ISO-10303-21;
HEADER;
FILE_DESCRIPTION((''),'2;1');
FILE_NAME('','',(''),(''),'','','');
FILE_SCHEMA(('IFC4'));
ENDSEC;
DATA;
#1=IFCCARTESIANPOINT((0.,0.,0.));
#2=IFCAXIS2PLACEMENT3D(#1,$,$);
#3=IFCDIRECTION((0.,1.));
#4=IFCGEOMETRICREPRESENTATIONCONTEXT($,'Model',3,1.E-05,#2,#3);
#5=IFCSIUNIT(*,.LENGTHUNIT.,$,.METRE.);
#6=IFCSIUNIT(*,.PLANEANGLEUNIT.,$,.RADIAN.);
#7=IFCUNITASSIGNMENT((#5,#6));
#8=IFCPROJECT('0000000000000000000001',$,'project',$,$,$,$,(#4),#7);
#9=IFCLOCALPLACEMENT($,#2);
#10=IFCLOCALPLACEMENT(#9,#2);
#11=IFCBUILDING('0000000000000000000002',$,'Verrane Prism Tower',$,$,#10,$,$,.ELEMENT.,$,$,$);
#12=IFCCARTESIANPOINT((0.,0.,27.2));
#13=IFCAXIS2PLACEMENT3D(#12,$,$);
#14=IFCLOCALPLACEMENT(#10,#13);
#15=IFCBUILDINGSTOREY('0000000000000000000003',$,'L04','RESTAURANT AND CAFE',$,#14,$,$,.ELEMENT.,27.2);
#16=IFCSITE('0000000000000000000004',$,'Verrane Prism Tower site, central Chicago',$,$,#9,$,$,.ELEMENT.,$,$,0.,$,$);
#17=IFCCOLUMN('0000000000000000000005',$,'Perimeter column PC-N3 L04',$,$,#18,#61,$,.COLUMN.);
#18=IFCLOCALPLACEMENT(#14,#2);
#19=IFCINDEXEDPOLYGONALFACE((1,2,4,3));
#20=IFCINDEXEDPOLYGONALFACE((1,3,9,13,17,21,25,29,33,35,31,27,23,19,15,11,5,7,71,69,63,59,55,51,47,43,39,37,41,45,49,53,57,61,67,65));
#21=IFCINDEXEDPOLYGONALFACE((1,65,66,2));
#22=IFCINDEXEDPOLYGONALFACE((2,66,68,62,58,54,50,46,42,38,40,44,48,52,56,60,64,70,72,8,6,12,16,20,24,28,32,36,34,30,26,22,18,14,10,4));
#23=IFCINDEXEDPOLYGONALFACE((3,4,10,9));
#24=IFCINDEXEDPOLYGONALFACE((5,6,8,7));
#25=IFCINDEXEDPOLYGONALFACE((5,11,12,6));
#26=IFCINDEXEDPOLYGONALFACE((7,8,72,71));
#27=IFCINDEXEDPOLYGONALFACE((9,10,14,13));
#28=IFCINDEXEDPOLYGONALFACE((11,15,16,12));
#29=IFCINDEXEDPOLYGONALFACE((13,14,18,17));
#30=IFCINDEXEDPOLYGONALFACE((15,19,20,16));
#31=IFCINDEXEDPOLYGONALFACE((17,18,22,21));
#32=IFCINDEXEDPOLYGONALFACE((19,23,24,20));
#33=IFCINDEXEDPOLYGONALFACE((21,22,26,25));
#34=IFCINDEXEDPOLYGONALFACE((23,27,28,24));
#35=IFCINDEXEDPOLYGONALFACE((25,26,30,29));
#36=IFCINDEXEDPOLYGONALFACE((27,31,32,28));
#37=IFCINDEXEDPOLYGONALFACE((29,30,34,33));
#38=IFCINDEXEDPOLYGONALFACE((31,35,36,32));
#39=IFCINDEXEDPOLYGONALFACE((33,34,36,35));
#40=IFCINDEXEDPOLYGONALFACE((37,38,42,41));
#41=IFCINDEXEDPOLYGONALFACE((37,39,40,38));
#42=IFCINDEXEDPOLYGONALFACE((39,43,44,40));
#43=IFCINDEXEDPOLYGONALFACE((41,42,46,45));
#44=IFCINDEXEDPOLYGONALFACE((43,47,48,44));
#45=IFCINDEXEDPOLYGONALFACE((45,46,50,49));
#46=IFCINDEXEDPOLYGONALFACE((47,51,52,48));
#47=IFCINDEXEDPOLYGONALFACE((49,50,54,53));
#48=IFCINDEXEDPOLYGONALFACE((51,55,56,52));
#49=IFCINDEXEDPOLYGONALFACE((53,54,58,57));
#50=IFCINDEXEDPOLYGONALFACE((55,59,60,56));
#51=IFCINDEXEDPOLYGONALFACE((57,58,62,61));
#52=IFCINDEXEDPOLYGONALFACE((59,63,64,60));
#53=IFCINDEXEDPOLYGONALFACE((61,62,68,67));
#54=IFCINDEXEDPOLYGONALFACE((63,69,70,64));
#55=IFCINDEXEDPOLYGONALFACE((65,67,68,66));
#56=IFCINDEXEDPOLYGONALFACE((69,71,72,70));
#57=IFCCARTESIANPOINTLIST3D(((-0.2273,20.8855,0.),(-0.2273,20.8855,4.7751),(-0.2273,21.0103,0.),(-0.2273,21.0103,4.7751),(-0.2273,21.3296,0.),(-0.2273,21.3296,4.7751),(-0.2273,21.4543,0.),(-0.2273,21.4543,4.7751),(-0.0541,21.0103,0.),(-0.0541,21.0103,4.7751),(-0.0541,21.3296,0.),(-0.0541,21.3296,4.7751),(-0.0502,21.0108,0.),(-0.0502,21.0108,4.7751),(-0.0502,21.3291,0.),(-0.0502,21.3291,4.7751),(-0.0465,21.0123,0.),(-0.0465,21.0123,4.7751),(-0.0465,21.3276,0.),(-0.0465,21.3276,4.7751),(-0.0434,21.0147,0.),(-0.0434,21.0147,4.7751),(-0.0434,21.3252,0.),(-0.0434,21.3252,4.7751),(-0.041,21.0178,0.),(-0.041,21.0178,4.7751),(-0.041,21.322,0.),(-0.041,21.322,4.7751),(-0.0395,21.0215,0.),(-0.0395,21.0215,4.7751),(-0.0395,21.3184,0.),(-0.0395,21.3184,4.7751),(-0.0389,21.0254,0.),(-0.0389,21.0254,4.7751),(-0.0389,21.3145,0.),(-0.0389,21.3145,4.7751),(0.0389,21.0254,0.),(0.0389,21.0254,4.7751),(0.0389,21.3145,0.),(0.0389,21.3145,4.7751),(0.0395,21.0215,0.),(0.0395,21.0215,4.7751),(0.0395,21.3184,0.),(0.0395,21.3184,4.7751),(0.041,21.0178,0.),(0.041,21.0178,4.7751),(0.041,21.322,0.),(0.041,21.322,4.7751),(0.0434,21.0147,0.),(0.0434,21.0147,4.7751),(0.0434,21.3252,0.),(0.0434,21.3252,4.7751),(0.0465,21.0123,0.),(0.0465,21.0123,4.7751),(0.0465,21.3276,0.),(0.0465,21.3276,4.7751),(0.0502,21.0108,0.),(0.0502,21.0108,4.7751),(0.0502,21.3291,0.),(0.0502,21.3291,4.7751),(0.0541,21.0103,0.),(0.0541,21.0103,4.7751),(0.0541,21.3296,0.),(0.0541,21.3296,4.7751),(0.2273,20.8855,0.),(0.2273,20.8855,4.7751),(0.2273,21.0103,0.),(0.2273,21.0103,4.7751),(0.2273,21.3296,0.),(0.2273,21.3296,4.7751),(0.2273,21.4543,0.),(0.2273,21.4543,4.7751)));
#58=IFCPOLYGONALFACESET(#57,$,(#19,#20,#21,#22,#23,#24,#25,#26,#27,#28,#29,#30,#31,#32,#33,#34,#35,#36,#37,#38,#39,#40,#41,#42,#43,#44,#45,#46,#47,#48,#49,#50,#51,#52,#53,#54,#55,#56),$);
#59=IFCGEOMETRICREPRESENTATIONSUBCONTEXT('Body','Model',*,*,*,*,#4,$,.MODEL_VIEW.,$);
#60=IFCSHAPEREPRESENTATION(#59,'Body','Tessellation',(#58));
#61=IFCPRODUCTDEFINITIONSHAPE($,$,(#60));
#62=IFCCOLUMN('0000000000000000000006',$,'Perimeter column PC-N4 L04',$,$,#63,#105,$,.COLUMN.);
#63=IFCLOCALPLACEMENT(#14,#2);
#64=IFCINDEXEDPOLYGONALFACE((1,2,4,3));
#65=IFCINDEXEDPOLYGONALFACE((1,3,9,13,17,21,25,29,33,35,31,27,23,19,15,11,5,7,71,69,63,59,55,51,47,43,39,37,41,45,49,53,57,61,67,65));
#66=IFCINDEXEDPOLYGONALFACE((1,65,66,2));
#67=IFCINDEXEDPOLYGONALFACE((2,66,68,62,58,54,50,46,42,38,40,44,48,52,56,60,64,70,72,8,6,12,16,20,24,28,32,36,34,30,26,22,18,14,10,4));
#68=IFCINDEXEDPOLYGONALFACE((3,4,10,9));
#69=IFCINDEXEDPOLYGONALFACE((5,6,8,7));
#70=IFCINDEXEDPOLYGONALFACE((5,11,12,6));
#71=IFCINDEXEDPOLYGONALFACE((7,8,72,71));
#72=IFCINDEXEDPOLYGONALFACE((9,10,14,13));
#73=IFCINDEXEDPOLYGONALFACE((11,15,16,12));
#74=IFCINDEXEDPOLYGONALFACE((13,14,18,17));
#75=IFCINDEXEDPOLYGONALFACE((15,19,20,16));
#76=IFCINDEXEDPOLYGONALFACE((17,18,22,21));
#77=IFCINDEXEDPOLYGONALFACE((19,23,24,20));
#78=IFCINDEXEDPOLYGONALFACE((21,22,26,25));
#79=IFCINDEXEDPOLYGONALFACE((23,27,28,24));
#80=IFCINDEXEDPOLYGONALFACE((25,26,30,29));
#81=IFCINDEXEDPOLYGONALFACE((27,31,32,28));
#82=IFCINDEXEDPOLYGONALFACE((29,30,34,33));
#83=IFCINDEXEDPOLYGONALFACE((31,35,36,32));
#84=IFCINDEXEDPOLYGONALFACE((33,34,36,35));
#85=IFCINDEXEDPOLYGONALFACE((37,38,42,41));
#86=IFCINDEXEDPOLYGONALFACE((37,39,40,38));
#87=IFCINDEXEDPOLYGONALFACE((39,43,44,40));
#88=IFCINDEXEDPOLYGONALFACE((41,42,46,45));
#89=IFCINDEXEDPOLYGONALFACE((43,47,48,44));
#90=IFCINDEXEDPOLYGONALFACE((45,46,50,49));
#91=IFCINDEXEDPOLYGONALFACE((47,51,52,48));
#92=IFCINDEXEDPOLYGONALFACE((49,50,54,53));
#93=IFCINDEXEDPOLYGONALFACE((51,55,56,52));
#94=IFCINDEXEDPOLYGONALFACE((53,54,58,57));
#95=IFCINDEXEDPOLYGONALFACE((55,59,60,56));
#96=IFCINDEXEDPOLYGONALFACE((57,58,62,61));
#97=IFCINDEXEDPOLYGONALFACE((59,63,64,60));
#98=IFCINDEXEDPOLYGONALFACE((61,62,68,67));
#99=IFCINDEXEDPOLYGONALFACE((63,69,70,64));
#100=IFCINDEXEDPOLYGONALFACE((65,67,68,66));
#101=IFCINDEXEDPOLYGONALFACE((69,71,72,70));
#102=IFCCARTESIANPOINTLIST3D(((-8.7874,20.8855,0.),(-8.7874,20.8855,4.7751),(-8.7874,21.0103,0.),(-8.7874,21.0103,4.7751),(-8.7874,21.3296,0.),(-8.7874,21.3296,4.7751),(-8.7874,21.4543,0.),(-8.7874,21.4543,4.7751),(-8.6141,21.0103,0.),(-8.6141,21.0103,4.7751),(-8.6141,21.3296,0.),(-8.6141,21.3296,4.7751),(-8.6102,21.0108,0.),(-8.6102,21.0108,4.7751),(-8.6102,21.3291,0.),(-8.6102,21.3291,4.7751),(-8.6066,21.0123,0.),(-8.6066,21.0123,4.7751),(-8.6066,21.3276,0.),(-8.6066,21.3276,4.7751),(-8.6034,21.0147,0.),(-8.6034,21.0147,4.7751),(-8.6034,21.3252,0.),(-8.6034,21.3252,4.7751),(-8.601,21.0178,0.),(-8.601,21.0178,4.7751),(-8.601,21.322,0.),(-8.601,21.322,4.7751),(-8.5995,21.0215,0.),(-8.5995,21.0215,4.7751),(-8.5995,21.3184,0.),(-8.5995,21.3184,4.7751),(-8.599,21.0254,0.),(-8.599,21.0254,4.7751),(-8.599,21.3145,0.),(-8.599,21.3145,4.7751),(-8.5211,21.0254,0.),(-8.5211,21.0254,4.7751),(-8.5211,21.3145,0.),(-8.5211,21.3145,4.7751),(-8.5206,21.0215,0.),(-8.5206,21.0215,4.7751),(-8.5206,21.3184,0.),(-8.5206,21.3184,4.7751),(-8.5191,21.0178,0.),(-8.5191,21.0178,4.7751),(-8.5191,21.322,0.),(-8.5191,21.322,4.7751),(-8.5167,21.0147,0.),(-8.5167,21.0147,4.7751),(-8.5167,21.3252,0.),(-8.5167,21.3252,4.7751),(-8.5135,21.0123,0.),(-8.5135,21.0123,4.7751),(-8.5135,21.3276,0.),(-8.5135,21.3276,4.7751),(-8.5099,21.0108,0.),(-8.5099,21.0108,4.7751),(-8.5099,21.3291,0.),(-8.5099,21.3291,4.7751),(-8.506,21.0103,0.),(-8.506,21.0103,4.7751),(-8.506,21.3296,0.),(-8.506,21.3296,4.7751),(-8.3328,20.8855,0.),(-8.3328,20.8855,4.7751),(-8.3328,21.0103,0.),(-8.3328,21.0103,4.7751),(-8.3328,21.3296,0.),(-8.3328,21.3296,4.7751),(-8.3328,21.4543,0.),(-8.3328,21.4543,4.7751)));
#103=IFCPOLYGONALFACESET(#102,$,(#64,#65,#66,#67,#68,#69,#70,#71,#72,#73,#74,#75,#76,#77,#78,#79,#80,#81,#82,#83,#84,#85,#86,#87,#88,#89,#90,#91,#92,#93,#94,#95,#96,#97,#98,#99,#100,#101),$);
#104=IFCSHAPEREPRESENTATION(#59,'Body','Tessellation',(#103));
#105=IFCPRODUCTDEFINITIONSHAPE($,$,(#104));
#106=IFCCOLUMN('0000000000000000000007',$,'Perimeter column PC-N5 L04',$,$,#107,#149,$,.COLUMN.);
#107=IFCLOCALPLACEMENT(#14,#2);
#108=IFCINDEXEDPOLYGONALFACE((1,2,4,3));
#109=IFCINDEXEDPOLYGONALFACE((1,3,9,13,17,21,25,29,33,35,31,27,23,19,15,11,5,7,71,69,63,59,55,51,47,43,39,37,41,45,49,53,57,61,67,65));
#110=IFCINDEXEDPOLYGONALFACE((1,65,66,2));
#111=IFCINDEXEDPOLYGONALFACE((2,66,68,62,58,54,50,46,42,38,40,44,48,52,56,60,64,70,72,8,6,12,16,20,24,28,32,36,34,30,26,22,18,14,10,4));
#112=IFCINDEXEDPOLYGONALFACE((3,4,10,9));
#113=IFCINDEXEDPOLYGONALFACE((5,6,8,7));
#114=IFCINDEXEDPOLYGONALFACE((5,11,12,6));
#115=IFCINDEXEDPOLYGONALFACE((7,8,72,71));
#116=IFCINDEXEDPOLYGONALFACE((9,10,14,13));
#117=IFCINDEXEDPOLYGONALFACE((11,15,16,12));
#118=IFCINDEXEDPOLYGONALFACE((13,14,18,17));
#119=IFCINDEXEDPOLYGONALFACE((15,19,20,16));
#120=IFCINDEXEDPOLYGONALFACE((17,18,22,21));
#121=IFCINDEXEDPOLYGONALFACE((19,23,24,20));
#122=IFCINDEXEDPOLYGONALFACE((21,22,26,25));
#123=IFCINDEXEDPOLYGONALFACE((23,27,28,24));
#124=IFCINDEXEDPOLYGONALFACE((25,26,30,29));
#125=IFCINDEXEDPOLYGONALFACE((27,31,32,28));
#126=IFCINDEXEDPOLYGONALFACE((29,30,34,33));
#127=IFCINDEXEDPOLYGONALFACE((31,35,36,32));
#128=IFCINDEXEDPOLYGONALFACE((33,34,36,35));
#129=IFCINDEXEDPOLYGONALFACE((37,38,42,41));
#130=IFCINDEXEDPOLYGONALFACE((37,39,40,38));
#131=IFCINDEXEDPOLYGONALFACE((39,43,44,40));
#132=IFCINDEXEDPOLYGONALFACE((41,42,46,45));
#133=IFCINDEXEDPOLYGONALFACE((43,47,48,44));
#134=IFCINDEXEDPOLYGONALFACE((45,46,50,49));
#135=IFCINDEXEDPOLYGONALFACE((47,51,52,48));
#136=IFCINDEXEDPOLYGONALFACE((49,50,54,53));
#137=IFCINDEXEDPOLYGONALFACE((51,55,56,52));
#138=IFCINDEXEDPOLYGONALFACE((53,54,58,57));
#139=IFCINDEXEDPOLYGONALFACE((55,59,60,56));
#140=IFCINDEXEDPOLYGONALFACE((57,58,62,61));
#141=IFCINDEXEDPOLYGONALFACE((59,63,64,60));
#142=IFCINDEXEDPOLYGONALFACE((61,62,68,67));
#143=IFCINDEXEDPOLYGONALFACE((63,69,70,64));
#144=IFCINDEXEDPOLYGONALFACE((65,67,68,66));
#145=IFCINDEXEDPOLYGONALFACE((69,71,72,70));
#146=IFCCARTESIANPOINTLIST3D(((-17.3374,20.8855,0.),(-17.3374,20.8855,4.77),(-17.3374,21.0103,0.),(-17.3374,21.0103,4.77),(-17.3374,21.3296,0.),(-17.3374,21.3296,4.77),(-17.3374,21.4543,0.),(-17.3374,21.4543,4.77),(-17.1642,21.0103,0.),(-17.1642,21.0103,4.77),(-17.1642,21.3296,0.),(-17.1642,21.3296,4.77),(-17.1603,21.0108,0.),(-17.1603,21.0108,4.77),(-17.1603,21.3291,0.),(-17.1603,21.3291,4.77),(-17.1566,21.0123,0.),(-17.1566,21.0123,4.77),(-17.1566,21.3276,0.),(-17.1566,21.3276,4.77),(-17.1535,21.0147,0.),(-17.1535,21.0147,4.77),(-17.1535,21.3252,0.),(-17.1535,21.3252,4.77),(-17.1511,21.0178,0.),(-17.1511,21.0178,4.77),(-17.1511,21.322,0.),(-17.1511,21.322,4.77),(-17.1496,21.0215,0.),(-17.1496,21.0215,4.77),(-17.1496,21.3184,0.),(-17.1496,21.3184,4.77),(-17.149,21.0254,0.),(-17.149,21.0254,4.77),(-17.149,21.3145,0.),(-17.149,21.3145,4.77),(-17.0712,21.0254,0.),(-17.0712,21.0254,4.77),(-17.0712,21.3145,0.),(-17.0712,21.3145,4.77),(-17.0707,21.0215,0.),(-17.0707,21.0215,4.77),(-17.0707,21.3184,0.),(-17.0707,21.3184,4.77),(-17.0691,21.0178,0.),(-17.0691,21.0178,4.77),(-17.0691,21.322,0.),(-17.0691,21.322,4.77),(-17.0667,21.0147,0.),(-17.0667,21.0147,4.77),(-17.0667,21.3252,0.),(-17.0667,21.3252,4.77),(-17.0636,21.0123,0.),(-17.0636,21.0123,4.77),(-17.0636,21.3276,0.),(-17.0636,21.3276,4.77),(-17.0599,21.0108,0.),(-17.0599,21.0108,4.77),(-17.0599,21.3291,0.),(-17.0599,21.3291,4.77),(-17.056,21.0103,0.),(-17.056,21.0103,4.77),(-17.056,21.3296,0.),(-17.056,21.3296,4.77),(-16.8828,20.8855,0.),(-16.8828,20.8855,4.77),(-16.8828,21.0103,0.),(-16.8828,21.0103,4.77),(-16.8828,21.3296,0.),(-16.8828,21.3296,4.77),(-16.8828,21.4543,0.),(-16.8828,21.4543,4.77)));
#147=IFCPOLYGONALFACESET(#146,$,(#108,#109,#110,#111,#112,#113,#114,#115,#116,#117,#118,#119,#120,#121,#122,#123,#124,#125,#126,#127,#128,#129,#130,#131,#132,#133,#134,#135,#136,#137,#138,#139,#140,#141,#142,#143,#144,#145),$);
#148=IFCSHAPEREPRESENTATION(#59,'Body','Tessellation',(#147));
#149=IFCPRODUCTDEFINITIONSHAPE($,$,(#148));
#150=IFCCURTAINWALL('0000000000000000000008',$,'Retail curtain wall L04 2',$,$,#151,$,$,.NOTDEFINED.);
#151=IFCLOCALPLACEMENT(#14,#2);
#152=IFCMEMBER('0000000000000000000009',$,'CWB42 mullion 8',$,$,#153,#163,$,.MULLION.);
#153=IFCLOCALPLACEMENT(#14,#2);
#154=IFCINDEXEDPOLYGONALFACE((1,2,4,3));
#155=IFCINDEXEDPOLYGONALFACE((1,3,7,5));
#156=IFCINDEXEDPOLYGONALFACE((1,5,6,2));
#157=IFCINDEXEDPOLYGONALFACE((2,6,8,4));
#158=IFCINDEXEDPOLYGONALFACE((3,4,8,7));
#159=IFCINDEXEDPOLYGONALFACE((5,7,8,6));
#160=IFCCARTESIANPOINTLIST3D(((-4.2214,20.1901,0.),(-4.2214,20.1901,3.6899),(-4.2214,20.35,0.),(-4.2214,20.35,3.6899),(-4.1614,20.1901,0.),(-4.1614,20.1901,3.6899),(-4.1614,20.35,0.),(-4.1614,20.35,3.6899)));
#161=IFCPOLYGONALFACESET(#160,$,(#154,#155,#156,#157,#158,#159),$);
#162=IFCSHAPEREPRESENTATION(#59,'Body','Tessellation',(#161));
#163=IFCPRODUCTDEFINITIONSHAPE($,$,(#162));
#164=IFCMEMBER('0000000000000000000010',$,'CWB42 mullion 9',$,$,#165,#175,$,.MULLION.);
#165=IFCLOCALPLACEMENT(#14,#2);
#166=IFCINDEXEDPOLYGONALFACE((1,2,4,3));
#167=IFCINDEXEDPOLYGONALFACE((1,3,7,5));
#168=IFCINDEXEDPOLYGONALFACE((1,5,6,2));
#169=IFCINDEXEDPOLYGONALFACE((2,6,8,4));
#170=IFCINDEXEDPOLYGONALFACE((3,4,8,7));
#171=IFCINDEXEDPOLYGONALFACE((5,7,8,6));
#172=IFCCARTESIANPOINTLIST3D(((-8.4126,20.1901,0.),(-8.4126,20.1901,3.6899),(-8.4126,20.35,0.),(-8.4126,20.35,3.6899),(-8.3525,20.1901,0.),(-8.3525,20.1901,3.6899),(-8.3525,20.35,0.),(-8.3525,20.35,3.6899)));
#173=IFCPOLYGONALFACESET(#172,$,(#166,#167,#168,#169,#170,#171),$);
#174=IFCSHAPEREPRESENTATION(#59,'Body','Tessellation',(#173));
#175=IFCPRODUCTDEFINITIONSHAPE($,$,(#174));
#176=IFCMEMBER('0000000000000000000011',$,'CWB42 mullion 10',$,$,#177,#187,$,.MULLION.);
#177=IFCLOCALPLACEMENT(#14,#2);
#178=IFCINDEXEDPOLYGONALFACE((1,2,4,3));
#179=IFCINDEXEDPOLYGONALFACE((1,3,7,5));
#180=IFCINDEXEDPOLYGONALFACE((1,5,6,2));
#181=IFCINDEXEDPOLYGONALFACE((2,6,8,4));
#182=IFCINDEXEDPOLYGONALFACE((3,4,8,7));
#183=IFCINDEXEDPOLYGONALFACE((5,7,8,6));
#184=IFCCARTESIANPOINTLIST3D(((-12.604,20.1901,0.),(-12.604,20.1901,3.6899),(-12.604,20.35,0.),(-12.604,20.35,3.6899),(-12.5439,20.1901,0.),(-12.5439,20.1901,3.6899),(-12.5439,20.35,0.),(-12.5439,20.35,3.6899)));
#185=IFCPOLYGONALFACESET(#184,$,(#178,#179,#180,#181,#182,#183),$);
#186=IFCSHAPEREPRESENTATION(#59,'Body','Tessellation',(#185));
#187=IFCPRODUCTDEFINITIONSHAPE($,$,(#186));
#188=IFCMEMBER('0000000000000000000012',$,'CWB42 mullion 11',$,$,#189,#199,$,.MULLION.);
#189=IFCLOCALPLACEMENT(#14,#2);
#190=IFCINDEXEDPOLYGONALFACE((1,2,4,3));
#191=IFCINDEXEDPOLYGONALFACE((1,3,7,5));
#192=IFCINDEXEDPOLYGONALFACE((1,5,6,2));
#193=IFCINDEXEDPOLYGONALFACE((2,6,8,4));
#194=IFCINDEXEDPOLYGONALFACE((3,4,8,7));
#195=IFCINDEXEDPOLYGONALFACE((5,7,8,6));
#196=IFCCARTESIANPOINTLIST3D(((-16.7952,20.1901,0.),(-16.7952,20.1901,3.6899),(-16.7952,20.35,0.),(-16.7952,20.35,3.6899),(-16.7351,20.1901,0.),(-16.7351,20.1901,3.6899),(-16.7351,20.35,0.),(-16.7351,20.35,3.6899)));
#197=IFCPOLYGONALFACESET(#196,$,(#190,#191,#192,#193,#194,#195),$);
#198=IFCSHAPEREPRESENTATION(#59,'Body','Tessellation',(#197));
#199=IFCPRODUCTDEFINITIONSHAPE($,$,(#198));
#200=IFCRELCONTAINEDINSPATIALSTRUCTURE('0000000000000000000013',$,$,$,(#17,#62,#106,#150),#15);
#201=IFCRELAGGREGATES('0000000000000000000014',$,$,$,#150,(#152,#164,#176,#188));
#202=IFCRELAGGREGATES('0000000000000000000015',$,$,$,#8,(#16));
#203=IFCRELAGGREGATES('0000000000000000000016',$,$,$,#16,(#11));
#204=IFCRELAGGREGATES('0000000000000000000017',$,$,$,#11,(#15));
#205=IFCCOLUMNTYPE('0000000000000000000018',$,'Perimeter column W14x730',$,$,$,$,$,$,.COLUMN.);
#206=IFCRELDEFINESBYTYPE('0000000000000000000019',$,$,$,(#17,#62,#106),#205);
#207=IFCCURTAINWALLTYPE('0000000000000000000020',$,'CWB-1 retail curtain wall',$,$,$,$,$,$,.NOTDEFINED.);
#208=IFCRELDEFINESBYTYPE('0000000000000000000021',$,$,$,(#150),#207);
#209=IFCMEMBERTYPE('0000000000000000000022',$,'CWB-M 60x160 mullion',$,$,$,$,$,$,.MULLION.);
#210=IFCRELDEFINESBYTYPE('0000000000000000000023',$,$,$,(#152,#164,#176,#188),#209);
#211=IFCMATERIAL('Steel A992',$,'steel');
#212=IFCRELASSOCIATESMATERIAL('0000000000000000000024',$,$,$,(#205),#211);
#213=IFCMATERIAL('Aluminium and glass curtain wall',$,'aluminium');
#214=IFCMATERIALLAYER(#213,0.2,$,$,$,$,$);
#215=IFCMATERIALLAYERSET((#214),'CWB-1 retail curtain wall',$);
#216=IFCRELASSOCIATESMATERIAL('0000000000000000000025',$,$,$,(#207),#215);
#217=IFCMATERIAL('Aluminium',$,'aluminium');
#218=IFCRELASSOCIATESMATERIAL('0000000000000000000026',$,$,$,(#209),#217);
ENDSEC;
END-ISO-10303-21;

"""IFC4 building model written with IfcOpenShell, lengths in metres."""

from ifc_helpers import new_model, si_unit, direction, frame, origin, origin_2d, place, context, subcontext, project, spatial, rectangle, i_section, extrude, material, layer, layer_set, material_profile, profile_set, type_object, element, aggregate, save


model = new_model("IFC4")

# Units and contexts
model_context = context("Model", 3, precision=1e-05, world=origin(), true_north=direction((0.0, 1.0)))
body_context = subcontext(model_context, "Body", "Model", "MODEL_VIEW")
ifc_project = project(units=[si_unit("LENGTHUNIT", "METRE"), si_unit("PLANEANGLEUNIT", "RADIAN")], contexts=[model_context])

# Site, building, storey
site_placement = place(None, origin())
site = spatial("IfcSite", under=ifc_project, at=site_placement, Name="Verrane Prism Tower site, central Chicago", CompositionType="ELEMENT", RefElevation=0.0)
building_placement = place(site_placement, origin())
building = spatial("IfcBuilding", under=site, at=building_placement, Name="Verrane Prism Tower", CompositionType="ELEMENT")
storey_placement = place(building_placement, frame((0.0, 0.0, 27.2)))
storey = spatial("IfcBuildingStorey", under=building, at=storey_placement, Name="L04", Description="RESTAURANT AND CAFE", CompositionType="ELEMENT", Elevation=27.2)

# Columns
ifc_material_1 = material(Name="Steel A992", Category="steel")
ifc_material_profile_1 = material_profile(ifc_material_1, i_section(OverallWidth=0.4546, OverallDepth=0.5688, WebThickness=0.0779, FlangeThickness=0.1248, FilletRadius=0.0151, at=origin_2d()), Name="W14x730")
ifc_profile_set_1 = profile_set([ifc_material_profile_1], Name="Steel A992")
column_type = type_object("IfcColumnType", Name="Perimeter column W14x730", PredefinedType="COLUMN", material=ifc_profile_set_1)
for number, where, z_axis, x_axis, name in (
    (1, (0.0, 21.1699, 0.0), (0.0, 0.0, 1.0), (1.0, 0.0, 0.0), "Perimeter column PC-N3 L04"),
    (2, (-8.5601, 21.1699, 0.0), (0.0, 0.0, 1.0), (1.0, 0.0, 0.0), "Perimeter column PC-N4 L04"),
):
    element("IfcColumn", number, at=place(storey_placement, frame(where, z_axis=z_axis, x_axis=x_axis)), inside=storey, type_object=column_type, Name=name, PredefinedType="COLUMN", context=body_context, shape_type="SweptSolid", body=[
        extrude(i_section(OverallWidth=0.4546, OverallDepth=0.5688, WebThickness=0.0779, FlangeThickness=0.1248, FilletRadius=0.0151, at=origin_2d()), origin(), (0.0, 0.0, 1.0), 4.7751),
    ])
column_placement = place(storey_placement, frame((-17.1101, 21.1699, 0.0), z_axis=(0.0, 0.0, 1.0), x_axis=(1.0, 0.0, 0.0)))
element("IfcColumn", 3, at=column_placement, inside=storey, type_object=column_type, Name="Perimeter column PC-N5 L04", PredefinedType="COLUMN", context=body_context, shape_type="SweptSolid", body=[
    extrude(i_section(OverallWidth=0.4546, OverallDepth=0.5688, WebThickness=0.0779, FlangeThickness=0.1248, FilletRadius=0.0151, at=origin_2d()), origin(), (0.0, 0.0, 1.0), 4.77),
])

# Curtain wall, members
ifc_material_2 = material(Name="Aluminium and glass curtain wall", Category="aluminium")
ifc_layer_1 = layer(ifc_material_2, 0.2)
ifc_layer_set_1 = layer_set([ifc_layer_1], Name="CWB-1 retail curtain wall")
curtain_wall_type = type_object("IfcCurtainWallType", Name="CWB-1 retail curtain wall", PredefinedType="NOTDEFINED", material=ifc_layer_set_1)
curtain_wall_placement = place(storey_placement, origin())
curtain_wall = element("IfcCurtainWall", 4, at=curtain_wall_placement, inside=storey, type_object=curtain_wall_type, Name="Retail curtain wall L04 2", PredefinedType="NOTDEFINED")
ifc_material_3 = material(Name="Aluminium", Category="aluminium")
ifc_material_profile_2 = material_profile(ifc_material_3, rectangle(XDim=0.1599, YDim=0.0601, at=origin_2d()), Name="CWB-M 60x160 mullion")
ifc_profile_set_2 = profile_set([ifc_material_profile_2], Name="Aluminium")
member_type_1 = type_object("IfcMemberType", Name="CWB-M 60x160 mullion", PredefinedType="MULLION", material=ifc_profile_set_2)
member_1_placement = place(storey_placement, frame((-4.1914, 20.27, 0.0), z_axis=(0.0, 0.0, 1.0), x_axis=(0.0, -1.0, 0.0)))
member_1 = element("IfcMember", 5, at=member_1_placement, type_object=member_type_1, Name="CWB42 mullion 8", PredefinedType="MULLION", context=body_context, shape_type="SweptSolid", body=[
    extrude(rectangle(XDim=0.1599, YDim=0.0601, at=origin_2d()), origin(), (0.0, 0.0, 1.0), 3.6899),
])
member_2_placement = place(storey_placement, frame((-8.3826, 20.27, 0.0), z_axis=(0.0, 0.0, 1.0), x_axis=(0.0, -1.0, 0.0)))
member_2 = element("IfcMember", 6, at=member_2_placement, type_object=member_type_1, Name="CWB42 mullion 9", PredefinedType="MULLION", context=body_context, shape_type="SweptSolid", body=[
    extrude(rectangle(XDim=0.1599, YDim=0.0601, at=origin_2d()), origin(), (0.0, 0.0, 1.0), 3.6899),
])
member_3_placement = place(storey_placement, frame((-12.574, 20.27, 0.0), z_axis=(0.0, 0.0, 1.0), x_axis=(0.0, -1.0, 0.0)))
member_3 = element("IfcMember", 7, at=member_3_placement, type_object=member_type_1, Name="CWB42 mullion 10", PredefinedType="MULLION", context=body_context, shape_type="SweptSolid", body=[
    extrude(rectangle(XDim=0.1599, YDim=0.0601, at=origin_2d()), origin(), (0.0, 0.0, 1.0), 3.6899),
])
member_4_placement = place(storey_placement, frame((-16.7651, 20.27, 0.0), z_axis=(0.0, 0.0, 1.0), x_axis=(0.0, -1.0, 0.0)))
member_4 = element("IfcMember", 8, at=member_4_placement, type_object=member_type_1, Name="CWB42 mullion 11", PredefinedType="MULLION", context=body_context, shape_type="SweptSolid", body=[
    extrude(rectangle(XDim=0.1599, YDim=0.0601, at=origin_2d()), origin(), (0.0, 0.0, 1.0), 3.6899),
])

aggregate(curtain_wall, [member_1, member_2, member_3, member_4])

save(model, "model.ifc")
